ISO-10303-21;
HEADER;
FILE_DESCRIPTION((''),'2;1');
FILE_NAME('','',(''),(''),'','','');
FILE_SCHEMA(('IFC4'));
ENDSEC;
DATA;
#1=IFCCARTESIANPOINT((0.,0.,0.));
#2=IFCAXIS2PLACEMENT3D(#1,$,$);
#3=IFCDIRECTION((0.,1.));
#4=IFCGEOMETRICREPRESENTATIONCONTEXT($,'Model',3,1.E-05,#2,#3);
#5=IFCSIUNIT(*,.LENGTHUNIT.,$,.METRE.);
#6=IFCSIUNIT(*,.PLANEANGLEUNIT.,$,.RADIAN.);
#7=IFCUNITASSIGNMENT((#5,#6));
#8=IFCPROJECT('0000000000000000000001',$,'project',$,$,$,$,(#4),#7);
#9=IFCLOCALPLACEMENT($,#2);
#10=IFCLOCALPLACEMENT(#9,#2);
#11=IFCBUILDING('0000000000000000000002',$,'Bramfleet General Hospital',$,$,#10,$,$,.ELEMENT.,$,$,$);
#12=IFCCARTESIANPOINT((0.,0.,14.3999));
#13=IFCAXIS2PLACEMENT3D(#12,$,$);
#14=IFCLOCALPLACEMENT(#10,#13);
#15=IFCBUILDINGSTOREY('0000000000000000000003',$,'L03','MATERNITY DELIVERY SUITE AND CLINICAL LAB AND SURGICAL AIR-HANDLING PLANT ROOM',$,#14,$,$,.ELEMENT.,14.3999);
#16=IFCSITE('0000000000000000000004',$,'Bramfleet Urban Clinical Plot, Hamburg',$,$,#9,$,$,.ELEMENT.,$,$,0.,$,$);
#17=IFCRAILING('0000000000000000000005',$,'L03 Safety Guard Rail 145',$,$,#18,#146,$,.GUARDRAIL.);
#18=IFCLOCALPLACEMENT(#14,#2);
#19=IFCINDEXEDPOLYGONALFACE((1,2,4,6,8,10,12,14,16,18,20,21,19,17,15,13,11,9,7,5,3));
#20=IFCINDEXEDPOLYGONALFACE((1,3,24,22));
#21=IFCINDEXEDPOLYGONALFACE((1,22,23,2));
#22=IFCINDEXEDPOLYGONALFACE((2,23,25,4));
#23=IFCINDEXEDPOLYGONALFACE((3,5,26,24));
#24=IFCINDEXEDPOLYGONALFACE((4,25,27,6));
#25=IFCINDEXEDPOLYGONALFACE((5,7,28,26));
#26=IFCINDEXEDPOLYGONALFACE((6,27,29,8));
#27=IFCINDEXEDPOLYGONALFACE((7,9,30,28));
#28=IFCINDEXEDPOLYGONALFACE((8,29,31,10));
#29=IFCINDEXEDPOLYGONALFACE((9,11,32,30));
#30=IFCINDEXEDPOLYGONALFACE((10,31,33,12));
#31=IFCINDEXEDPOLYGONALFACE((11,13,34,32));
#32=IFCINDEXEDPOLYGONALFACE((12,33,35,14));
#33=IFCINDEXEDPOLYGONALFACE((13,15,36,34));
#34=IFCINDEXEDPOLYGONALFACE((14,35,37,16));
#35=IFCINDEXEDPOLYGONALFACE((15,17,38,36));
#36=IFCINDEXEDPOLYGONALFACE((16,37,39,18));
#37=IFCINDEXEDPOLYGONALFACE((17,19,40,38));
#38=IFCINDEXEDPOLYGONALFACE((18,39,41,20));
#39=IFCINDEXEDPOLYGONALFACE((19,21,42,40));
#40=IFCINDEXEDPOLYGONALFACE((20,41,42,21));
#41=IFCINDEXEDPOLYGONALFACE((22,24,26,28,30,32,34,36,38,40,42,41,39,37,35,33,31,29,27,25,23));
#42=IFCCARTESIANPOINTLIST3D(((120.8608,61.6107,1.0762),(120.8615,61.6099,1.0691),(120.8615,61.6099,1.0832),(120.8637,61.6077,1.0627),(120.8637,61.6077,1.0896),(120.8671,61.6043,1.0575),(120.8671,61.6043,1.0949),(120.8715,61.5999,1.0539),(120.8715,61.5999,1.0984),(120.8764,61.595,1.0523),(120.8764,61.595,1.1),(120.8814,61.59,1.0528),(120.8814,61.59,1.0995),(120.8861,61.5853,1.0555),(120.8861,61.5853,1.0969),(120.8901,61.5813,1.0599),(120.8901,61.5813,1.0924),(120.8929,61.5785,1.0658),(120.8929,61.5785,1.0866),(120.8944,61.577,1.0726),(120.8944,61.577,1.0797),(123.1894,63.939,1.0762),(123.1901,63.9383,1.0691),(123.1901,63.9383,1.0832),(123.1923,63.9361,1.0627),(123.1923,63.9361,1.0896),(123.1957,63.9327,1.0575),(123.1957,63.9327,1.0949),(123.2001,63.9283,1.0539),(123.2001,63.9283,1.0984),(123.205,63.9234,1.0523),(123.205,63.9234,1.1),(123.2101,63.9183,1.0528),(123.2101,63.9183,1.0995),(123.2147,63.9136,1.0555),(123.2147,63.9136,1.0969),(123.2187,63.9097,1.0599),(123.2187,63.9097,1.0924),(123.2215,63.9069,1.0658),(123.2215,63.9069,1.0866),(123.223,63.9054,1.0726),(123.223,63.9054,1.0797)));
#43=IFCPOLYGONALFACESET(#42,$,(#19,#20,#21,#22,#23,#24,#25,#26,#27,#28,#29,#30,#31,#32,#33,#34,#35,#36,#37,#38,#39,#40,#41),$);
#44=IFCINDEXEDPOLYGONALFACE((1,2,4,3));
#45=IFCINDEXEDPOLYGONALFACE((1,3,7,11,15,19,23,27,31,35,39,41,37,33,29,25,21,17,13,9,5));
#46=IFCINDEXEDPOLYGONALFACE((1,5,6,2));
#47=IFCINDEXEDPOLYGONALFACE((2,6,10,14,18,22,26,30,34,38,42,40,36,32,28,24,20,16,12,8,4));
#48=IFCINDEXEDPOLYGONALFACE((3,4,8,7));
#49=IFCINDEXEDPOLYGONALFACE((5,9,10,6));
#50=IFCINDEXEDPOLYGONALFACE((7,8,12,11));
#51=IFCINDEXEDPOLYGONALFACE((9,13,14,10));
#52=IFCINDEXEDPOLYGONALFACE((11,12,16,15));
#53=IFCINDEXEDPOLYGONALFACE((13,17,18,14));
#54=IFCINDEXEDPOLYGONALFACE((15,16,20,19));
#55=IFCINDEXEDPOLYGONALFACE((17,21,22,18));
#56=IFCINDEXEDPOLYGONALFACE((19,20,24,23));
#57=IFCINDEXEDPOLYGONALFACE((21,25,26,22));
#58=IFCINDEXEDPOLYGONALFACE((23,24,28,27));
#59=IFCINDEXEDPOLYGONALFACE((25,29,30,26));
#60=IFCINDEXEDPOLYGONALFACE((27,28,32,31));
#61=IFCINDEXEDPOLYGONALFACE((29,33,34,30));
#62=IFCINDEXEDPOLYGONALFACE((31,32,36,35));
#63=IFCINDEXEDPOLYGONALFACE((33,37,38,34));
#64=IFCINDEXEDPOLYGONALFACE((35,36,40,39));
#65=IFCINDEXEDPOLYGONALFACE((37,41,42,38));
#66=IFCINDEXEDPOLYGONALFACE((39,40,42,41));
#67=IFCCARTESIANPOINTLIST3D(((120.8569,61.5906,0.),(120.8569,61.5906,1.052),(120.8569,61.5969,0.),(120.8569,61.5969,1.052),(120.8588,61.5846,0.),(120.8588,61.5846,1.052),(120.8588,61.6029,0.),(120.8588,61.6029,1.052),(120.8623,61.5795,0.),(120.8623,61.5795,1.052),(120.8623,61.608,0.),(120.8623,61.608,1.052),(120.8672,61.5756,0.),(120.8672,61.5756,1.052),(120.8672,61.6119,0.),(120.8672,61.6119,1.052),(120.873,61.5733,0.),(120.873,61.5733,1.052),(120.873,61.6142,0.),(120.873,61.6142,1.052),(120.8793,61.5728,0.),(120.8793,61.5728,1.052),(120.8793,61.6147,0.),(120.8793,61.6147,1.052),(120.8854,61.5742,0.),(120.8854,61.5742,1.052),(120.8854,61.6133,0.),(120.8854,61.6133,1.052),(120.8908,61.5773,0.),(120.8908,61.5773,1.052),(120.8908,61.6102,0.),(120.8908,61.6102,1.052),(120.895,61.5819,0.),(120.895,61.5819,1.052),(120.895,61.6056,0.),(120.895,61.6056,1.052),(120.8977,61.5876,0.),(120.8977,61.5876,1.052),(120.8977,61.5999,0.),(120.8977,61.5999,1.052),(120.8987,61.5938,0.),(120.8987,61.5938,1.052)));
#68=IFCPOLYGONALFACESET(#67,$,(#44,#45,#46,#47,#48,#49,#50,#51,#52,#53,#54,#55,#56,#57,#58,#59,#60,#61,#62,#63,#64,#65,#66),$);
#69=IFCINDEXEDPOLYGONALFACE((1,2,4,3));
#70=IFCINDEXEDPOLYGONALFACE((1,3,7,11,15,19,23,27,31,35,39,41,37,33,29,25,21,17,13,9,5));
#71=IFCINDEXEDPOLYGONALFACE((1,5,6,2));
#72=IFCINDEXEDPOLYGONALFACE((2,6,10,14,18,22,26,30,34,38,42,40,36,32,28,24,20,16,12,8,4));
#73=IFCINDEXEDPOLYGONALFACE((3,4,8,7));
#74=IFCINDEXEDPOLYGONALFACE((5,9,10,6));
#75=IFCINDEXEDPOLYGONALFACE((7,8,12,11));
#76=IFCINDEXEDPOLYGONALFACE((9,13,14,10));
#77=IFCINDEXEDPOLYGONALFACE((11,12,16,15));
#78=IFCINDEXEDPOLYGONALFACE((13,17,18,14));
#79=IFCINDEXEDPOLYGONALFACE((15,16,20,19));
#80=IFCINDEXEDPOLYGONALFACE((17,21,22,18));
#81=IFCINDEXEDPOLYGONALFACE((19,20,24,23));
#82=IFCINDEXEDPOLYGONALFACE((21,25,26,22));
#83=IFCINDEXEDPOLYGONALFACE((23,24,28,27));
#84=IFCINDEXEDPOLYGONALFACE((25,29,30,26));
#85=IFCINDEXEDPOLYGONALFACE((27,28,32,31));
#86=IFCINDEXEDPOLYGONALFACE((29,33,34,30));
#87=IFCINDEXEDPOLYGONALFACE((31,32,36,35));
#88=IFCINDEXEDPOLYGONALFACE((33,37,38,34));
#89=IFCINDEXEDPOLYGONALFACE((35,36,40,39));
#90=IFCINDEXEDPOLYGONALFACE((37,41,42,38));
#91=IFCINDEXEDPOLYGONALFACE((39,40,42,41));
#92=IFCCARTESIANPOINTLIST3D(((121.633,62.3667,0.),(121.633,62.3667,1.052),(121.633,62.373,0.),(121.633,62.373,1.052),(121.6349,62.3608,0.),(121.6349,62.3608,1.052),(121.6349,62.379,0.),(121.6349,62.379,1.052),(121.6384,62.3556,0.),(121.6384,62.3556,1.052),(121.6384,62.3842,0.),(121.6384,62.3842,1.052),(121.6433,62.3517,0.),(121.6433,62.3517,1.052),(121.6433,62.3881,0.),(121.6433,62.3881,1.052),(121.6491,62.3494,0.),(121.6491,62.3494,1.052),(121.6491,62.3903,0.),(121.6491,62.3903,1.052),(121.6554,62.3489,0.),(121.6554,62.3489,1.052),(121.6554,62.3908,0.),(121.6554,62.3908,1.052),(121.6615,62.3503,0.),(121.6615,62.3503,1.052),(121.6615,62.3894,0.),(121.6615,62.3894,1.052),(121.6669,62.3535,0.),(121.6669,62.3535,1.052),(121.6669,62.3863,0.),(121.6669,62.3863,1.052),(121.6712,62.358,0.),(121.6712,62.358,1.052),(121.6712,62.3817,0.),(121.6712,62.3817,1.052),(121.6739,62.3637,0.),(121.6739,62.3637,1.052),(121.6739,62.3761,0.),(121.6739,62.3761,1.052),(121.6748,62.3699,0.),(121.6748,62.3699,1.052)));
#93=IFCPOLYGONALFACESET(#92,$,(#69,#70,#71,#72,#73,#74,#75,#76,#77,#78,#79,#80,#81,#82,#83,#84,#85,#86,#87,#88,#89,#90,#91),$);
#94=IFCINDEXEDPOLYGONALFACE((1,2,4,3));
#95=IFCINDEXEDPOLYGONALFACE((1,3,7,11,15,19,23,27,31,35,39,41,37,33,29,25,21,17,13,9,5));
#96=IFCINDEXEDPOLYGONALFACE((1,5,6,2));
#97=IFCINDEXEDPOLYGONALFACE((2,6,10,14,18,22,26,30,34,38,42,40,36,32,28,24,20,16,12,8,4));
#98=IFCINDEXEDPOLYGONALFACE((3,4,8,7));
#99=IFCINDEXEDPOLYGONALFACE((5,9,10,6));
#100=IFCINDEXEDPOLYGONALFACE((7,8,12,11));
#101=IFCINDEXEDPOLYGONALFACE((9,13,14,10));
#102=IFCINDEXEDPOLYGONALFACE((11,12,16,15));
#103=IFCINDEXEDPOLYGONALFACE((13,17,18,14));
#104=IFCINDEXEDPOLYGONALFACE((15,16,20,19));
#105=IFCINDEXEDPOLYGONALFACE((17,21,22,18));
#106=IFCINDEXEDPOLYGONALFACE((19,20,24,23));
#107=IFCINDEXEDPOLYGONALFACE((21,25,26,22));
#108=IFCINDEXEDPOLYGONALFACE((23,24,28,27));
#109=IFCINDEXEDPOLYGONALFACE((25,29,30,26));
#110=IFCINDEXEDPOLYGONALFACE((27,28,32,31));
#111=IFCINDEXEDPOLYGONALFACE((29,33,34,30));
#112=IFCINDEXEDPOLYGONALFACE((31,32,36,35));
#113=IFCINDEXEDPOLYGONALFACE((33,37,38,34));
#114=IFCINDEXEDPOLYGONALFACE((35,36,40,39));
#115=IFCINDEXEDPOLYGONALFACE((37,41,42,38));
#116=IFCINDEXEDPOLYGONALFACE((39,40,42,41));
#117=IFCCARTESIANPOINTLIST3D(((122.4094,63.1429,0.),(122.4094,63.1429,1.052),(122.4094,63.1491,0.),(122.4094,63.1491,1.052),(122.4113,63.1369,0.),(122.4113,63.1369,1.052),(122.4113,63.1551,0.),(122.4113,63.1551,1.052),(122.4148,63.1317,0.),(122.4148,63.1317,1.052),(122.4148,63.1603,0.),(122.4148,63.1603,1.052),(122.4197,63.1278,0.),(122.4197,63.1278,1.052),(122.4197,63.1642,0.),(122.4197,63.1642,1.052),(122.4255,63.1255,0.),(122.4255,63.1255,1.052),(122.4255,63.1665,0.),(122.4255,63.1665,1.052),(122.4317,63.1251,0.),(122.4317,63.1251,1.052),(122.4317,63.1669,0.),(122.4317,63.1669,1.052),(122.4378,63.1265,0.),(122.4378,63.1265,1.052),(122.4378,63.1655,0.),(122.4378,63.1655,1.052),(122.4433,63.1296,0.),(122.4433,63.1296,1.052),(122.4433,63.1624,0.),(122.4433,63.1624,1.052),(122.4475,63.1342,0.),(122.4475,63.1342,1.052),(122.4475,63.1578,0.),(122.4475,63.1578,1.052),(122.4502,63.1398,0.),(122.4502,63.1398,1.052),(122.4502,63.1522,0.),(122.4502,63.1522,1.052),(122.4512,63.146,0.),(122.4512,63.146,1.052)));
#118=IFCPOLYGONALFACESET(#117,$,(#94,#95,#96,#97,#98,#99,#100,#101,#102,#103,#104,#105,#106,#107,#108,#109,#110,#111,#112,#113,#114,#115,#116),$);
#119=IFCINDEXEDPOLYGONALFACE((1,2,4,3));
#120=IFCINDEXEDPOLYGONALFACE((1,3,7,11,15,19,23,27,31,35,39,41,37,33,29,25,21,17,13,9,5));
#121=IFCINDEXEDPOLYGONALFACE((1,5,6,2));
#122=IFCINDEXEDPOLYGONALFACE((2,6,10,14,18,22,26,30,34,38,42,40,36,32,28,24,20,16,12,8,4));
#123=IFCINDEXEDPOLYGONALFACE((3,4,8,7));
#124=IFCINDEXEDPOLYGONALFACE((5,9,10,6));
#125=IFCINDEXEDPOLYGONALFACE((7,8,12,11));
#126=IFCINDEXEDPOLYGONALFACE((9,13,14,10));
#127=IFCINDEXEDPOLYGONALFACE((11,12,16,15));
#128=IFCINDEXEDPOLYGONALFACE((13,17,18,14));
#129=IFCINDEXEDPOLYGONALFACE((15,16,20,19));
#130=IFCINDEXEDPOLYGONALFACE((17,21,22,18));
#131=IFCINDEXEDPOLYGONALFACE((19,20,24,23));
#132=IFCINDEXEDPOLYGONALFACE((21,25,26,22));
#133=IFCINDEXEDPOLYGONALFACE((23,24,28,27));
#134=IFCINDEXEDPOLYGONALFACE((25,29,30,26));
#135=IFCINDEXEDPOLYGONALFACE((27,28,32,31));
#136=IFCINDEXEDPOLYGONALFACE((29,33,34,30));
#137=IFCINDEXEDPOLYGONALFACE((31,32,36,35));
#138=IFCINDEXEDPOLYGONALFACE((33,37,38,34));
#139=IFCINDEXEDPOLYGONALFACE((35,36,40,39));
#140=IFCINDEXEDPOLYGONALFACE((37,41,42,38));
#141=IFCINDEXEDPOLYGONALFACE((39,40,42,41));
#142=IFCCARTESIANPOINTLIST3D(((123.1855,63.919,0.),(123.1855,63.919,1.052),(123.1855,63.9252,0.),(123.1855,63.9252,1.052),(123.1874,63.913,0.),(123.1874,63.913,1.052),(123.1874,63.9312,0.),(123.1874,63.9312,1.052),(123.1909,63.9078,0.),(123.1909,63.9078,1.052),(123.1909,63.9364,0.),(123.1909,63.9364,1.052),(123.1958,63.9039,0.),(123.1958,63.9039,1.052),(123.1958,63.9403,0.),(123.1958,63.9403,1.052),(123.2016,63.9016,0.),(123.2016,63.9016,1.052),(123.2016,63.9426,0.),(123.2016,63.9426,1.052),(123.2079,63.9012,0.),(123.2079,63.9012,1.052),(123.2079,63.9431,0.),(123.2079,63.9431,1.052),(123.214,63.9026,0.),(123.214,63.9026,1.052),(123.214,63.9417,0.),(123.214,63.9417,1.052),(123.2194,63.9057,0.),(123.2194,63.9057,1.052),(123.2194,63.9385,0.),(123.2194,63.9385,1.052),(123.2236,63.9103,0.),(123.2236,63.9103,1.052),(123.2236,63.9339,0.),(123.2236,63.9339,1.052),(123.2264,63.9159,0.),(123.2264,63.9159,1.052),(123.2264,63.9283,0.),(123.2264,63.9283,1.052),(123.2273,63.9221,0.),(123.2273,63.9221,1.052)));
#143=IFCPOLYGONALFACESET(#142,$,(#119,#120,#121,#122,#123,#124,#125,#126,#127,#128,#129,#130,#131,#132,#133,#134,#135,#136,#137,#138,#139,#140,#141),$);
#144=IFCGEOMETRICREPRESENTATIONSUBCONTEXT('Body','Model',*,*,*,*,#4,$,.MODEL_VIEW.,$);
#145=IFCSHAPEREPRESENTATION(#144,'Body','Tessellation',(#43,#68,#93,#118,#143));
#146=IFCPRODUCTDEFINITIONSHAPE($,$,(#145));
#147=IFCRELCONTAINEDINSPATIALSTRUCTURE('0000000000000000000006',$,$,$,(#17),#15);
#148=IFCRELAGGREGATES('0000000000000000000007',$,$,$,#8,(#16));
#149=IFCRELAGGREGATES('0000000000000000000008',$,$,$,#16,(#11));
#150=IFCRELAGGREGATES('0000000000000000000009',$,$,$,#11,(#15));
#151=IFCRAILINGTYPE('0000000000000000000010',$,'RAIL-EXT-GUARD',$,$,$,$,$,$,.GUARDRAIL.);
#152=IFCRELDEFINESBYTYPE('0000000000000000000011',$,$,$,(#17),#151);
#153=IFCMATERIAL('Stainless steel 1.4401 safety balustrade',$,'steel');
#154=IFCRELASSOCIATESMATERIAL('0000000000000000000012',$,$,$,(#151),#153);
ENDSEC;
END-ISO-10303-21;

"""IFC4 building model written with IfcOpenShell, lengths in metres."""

from ifc_helpers import new_model, si_unit, direction, frame, origin, origin_2d, place, context, subcontext, project, spatial, circle, extrude, material, type_object, element, save


model = new_model("IFC4")

# Units and contexts
model_context = context("Model", 3, precision=1e-05, world=origin(), true_north=direction((0.0, 1.0)))
body_context = subcontext(model_context, "Body", "Model", "MODEL_VIEW")
ifc_project = project(units=[si_unit("LENGTHUNIT", "METRE"), si_unit("PLANEANGLEUNIT", "RADIAN")], contexts=[model_context])

# Site, building, storey
site_placement = place(None, origin())
site = spatial("IfcSite", under=ifc_project, at=site_placement, Name="Bramfleet Urban Clinical Plot, Hamburg", CompositionType="ELEMENT", RefElevation=0.0)
building_placement = place(site_placement, origin())
building = spatial("IfcBuilding", under=site, at=building_placement, Name="Bramfleet General Hospital", CompositionType="ELEMENT")
storey_placement = place(building_placement, frame((0.0, 0.0, 14.3999)))
storey = spatial("IfcBuildingStorey", under=building, at=storey_placement, Name="L03", Description="MATERNITY DELIVERY SUITE AND CLINICAL LAB AND SURGICAL AIR-HANDLING PLANT ROOM", CompositionType="ELEMENT", Elevation=14.3999)

# Railing
ifc_material_1 = material(Name="Stainless steel 1.4401 safety balustrade", Category="steel")
railing_type = type_object("IfcRailingType", Name="RAIL-EXT-GUARD", PredefinedType="GUARDRAIL", material=ifc_material_1)
railing_1_placement = place(storey_placement, frame((120.8777, 61.5938, 0.0)))
element("IfcRailing", 1, at=railing_1_placement, inside=storey, type_object=railing_type, Name="L03 Safety Guard Rail 145", PredefinedType="GUARDRAIL", context=body_context, shape_type="SweptSolid", body=[
    extrude(circle(Radius=0.0239, at=origin_2d()), frame((0.0, 0.0, 1.0762), z_axis=(0.707144, 0.70707, 0.0), x_axis=(-0.70707, 0.707144, 0.0)), (0.0, 0.0, 1.0), 3.293),
    extrude(circle(Radius=0.021, at=origin_2d()), origin(), (0.0, 0.0, 1.0), 1.052),
    extrude(circle(Radius=0.021, at=origin_2d()), frame((0.7761, 0.7761, 0.0)), (0.0, 0.0, 1.0), 1.052),
    extrude(circle(Radius=0.021, at=origin_2d()), frame((1.5525, 1.5522, 0.0)), (0.0, 0.0, 1.0), 1.052),
    extrude(circle(Radius=0.021, at=origin_2d()), frame((2.3286, 2.3284, 0.0)), (0.0, 0.0, 1.0), 1.052),
])

save(model, "model.ifc")
